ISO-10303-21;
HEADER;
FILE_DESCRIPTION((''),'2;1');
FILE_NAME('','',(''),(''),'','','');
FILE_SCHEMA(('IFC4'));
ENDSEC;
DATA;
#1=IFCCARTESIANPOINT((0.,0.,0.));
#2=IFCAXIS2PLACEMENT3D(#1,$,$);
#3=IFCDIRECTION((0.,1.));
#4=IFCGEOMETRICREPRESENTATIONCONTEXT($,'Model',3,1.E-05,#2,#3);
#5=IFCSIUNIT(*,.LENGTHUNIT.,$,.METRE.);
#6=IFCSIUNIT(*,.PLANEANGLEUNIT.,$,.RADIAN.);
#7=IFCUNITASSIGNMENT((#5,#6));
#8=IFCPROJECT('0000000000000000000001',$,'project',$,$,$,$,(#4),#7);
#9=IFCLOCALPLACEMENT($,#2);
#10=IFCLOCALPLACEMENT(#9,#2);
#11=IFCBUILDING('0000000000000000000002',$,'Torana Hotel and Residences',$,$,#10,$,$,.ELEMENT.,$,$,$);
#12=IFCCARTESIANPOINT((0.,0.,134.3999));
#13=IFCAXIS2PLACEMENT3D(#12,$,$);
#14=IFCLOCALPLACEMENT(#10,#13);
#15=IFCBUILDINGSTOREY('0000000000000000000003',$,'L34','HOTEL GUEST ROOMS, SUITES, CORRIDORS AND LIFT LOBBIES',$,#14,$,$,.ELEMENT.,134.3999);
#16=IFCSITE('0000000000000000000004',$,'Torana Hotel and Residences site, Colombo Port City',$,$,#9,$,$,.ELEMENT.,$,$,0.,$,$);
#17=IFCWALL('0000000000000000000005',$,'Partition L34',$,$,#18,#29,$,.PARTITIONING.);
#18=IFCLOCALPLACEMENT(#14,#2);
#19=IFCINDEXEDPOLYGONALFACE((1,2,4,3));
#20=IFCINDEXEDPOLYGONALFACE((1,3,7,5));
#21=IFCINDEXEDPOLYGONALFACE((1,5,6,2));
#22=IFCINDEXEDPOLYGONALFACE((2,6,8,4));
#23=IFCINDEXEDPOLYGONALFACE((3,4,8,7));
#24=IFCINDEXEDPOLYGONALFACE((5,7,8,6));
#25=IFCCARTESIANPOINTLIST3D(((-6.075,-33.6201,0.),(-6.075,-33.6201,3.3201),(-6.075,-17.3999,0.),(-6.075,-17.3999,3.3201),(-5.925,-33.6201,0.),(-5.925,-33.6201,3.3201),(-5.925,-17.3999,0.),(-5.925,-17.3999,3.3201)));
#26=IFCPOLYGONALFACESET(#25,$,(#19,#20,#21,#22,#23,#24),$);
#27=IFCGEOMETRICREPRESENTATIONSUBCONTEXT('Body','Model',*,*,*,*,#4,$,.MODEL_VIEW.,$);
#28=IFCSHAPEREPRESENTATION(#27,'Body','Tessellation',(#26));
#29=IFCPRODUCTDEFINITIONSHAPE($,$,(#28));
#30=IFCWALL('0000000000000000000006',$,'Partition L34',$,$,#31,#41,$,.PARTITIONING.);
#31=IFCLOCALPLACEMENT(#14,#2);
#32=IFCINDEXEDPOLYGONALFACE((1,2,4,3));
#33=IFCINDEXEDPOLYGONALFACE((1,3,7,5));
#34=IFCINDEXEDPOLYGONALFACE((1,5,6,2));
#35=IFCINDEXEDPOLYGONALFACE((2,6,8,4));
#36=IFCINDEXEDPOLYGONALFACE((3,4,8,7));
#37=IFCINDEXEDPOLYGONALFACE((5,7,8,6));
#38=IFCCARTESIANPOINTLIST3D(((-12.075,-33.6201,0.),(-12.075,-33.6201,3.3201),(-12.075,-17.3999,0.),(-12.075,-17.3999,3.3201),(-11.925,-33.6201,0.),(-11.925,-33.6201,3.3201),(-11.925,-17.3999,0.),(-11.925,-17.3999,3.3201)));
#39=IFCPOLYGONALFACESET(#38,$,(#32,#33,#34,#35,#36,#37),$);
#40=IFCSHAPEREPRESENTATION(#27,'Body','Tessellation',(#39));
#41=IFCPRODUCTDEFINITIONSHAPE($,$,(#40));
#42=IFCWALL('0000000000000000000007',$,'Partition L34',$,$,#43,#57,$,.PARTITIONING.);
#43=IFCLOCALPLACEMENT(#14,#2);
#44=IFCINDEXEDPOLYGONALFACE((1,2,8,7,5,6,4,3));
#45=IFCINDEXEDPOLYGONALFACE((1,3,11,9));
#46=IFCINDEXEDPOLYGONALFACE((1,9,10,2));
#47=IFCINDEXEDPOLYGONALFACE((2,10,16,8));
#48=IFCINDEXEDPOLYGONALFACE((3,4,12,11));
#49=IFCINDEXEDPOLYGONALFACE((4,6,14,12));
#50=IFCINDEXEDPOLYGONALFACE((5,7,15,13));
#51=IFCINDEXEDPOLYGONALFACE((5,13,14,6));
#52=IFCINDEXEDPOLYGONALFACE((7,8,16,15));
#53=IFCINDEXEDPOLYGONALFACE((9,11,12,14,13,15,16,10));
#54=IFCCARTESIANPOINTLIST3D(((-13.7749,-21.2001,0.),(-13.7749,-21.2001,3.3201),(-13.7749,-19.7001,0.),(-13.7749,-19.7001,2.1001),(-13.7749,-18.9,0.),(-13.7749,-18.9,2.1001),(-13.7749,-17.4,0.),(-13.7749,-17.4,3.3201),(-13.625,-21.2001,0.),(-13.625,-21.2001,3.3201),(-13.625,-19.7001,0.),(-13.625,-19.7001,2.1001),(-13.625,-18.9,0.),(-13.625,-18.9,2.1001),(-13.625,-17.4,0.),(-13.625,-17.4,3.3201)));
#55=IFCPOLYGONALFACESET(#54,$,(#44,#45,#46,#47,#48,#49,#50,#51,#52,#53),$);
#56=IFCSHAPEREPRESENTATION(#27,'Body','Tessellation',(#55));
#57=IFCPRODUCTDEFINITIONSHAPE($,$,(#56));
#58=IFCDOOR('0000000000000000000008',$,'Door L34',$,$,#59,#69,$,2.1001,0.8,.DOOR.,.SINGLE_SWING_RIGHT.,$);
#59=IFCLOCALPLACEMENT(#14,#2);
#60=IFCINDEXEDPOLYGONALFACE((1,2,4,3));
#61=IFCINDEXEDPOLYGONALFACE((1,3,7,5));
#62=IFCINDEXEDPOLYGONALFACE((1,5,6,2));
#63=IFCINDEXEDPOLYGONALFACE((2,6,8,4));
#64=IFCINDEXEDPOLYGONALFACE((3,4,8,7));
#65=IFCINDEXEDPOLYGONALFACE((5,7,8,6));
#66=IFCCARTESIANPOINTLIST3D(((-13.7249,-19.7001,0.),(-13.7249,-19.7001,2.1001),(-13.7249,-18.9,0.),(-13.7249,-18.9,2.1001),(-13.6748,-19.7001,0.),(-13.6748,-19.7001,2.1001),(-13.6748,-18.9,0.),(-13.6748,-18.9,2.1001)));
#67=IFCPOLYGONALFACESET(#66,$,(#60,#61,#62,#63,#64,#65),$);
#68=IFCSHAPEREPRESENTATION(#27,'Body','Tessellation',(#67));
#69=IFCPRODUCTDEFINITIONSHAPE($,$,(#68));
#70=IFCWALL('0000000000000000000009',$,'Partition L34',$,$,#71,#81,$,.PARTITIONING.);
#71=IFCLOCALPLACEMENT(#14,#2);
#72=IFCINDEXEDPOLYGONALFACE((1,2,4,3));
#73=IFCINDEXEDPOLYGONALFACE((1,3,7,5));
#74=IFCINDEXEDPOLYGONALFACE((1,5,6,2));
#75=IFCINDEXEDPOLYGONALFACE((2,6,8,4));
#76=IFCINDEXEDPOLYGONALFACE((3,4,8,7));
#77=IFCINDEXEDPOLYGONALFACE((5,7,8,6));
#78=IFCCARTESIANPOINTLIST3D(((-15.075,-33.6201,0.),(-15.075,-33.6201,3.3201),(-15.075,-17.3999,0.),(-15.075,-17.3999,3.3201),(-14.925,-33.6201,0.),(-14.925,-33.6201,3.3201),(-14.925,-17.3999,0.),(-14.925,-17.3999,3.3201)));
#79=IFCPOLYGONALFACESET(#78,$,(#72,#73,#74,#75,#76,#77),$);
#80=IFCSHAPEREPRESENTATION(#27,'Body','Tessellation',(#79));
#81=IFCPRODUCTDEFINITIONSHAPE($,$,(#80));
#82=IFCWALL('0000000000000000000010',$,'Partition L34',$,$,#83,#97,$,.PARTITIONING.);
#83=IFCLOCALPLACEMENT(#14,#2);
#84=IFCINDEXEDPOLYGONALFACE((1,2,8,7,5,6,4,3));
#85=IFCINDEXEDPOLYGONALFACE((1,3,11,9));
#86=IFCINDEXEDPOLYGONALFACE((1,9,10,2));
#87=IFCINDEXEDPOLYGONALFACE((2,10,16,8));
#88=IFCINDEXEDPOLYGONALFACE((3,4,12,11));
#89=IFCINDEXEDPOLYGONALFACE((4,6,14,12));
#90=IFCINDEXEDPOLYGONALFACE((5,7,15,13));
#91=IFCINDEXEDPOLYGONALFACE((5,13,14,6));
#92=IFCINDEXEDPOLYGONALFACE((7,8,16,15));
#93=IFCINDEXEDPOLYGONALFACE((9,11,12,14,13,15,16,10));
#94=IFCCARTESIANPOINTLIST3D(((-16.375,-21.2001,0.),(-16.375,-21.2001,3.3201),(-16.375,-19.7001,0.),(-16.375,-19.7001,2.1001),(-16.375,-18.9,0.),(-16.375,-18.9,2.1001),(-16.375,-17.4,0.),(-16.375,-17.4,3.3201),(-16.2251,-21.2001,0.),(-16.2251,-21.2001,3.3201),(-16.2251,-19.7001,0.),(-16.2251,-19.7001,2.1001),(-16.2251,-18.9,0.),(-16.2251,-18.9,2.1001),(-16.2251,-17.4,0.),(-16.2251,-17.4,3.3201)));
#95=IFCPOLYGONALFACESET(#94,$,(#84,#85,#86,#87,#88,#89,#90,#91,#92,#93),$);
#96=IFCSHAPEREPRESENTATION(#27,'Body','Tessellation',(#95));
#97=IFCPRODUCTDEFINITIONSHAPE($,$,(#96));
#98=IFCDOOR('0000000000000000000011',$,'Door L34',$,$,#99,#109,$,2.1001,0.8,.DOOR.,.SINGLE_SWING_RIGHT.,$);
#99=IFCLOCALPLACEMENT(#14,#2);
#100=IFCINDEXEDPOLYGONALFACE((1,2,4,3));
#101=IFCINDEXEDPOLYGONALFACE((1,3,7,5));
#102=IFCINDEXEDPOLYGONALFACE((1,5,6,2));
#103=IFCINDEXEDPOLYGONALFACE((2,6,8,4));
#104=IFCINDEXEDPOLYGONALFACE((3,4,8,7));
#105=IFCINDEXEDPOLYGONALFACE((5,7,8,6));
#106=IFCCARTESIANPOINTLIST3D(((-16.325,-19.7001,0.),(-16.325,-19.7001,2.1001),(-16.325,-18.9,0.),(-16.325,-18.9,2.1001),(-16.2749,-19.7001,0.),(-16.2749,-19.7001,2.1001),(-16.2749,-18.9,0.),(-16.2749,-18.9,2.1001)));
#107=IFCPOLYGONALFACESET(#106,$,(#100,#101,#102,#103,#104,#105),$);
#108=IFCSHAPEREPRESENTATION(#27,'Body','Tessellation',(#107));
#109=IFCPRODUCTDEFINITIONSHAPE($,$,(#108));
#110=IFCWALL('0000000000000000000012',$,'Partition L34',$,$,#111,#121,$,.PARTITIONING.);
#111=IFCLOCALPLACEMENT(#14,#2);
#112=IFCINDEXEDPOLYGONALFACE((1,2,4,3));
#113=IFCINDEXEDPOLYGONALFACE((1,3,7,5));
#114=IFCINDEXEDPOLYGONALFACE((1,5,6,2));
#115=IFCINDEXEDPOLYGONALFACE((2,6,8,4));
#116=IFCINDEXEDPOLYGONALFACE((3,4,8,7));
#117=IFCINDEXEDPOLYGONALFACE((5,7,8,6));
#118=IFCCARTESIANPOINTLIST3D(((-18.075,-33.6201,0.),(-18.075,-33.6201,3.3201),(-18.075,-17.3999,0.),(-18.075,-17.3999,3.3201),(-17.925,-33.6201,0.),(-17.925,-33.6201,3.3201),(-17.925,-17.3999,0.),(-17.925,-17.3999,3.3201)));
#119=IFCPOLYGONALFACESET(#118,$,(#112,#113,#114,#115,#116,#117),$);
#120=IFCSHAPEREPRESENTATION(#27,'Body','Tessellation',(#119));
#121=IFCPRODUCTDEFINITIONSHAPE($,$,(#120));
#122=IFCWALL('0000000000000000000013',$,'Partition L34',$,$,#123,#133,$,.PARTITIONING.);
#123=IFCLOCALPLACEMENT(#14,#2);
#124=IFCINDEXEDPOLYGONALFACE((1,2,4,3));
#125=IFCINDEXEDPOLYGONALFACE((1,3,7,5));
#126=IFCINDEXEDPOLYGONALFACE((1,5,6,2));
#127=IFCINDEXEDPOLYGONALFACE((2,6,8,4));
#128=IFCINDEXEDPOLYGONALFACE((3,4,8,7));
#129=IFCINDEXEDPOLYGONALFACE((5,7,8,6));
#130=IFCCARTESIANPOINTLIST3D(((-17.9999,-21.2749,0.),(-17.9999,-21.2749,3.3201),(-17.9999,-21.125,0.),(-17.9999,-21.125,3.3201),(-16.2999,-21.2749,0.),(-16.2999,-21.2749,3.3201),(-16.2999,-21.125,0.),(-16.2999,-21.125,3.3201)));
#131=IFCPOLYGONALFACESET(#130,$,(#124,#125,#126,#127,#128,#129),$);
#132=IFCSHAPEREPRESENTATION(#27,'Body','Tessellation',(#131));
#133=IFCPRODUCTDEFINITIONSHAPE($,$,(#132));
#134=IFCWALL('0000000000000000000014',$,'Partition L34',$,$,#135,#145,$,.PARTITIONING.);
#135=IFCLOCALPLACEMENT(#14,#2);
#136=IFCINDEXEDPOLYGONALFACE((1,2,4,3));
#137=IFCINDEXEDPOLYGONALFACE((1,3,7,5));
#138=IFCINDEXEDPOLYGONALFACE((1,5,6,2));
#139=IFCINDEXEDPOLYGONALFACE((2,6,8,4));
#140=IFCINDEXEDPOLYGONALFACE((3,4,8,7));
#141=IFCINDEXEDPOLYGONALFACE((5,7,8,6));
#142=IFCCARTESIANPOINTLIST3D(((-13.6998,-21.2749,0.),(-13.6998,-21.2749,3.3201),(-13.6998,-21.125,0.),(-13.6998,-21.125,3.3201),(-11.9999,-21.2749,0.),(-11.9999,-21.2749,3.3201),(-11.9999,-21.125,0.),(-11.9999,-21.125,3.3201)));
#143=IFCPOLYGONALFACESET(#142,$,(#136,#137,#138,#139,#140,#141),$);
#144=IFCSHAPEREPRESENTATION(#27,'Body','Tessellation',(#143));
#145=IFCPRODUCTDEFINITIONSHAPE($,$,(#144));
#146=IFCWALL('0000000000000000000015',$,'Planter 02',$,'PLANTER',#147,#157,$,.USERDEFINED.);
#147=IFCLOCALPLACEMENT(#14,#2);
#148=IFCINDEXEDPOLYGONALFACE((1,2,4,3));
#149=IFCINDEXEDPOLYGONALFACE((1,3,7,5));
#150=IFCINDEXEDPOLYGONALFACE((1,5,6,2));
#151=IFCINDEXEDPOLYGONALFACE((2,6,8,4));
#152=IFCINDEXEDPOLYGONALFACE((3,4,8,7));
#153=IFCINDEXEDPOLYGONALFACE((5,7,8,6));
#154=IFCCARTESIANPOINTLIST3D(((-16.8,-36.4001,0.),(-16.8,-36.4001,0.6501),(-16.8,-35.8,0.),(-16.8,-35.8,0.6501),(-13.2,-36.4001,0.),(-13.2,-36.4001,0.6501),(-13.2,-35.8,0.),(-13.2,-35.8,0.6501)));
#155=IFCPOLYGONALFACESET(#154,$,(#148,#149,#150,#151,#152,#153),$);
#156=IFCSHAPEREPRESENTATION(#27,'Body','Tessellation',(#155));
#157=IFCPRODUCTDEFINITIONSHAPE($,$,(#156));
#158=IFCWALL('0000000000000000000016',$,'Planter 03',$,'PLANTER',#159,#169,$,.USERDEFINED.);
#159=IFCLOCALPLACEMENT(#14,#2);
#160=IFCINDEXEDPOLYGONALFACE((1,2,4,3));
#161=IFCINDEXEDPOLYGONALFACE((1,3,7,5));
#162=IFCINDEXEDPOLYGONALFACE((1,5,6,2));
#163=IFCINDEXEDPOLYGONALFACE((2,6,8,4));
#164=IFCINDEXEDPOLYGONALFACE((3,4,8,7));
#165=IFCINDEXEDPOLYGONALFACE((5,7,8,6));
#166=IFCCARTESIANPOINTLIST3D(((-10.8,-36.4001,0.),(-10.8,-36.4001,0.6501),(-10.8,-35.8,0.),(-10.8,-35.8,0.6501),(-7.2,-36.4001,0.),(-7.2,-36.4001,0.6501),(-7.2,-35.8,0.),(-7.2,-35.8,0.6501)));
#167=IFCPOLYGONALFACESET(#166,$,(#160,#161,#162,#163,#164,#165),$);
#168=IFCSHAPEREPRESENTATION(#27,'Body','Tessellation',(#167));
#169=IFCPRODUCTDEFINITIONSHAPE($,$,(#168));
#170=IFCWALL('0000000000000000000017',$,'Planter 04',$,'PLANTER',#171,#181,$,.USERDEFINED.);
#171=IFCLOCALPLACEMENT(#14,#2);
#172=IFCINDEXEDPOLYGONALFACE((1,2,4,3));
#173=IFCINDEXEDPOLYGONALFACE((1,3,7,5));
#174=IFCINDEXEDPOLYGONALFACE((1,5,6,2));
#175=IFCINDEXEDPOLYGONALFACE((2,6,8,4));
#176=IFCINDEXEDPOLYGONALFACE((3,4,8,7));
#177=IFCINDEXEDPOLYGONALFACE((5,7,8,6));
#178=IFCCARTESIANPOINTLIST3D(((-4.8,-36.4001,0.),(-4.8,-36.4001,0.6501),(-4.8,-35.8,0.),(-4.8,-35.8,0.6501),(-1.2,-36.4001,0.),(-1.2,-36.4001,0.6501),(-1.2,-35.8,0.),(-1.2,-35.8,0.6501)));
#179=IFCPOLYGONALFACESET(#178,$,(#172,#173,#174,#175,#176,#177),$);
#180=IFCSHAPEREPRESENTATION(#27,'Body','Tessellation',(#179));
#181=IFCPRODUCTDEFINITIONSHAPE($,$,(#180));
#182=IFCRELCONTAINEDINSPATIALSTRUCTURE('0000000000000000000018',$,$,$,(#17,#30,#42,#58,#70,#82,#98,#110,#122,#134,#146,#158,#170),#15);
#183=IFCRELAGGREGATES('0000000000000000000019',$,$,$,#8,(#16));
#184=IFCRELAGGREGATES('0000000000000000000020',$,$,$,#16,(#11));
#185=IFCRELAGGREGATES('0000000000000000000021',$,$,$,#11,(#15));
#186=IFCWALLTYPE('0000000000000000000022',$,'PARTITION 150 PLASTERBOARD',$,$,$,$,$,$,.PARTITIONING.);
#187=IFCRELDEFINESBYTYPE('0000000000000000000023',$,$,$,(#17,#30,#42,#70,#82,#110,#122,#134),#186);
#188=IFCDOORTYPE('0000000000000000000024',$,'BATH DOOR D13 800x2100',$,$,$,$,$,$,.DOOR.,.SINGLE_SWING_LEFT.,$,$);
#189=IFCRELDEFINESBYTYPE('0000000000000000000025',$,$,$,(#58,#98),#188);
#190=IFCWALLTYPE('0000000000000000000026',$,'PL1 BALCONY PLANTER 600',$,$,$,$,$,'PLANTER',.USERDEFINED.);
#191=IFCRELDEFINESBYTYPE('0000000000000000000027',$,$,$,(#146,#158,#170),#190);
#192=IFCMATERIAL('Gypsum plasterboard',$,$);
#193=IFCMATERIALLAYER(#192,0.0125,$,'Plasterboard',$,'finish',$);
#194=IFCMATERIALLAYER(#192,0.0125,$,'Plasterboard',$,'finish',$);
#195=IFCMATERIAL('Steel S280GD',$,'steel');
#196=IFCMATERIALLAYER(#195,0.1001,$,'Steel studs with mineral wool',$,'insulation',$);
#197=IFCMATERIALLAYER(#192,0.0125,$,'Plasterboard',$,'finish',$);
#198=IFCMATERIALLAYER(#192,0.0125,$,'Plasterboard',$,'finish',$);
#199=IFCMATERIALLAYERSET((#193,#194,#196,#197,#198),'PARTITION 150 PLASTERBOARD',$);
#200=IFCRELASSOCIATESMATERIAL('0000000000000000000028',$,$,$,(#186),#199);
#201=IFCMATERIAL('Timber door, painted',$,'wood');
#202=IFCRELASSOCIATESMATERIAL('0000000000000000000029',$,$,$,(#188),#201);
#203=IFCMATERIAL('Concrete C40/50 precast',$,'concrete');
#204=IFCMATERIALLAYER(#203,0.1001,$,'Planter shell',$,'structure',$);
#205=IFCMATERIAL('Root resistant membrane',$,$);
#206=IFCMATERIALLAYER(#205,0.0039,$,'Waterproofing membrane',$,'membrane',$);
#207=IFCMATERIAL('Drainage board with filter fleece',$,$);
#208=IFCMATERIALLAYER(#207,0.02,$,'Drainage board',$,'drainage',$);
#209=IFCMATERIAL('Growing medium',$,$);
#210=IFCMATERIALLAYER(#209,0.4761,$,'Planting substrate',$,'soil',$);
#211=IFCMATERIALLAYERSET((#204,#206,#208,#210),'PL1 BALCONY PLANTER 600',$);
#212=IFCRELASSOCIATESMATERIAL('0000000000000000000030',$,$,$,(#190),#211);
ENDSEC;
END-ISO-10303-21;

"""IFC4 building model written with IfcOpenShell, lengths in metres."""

from ifc_helpers import new_model, si_unit, direction, frame, frame_2d, origin, place, context, subcontext, project, spatial, rectangle, extrude, material, layer, layer_set, type_object, element, fill, save


model = new_model("IFC4")

# Units and contexts
model_context = context("Model", 3, precision=1e-05, world=origin(), true_north=direction((0.0, 1.0)))
body_context = subcontext(model_context, "Body", "Model", "MODEL_VIEW")
ifc_project = project(units=[si_unit("LENGTHUNIT", "METRE"), si_unit("PLANEANGLEUNIT", "RADIAN")], contexts=[model_context])

# Site, building, storey
site_placement = place(None, origin())
site = spatial("IfcSite", under=ifc_project, at=site_placement, Name="Torana Hotel and Residences site, Colombo Port City", CompositionType="ELEMENT", RefElevation=0.0)
building_placement = place(site_placement, origin())
building = spatial("IfcBuilding", under=site, at=building_placement, Name="Torana Hotel and Residences", CompositionType="ELEMENT")
storey_placement = place(building_placement, frame((0.0, 0.0, 134.3999)))
storey = spatial("IfcBuildingStorey", under=building, at=storey_placement, Name="L34", Description="HOTEL GUEST ROOMS, SUITES, CORRIDORS AND LIFT LOBBIES", CompositionType="ELEMENT", Elevation=134.3999)

# Walls
ifc_material_1 = material(Name="Gypsum plasterboard")
ifc_layer_1 = layer(ifc_material_1, 0.0125, Name="Plasterboard", Category="finish")
ifc_layer_2 = layer(ifc_material_1, 0.0125, Name="Plasterboard", Category="finish")
ifc_material_2 = material(Name="Steel S280GD", Category="steel")
ifc_layer_3 = layer(ifc_material_2, 0.1001, Name="Steel studs with mineral wool", Category="insulation")
ifc_layer_4 = layer(ifc_material_1, 0.0125, Name="Plasterboard", Category="finish")
ifc_layer_5 = layer(ifc_material_1, 0.0125, Name="Plasterboard", Category="finish")
ifc_layer_set_1 = layer_set([ifc_layer_1, ifc_layer_2, ifc_layer_3, ifc_layer_4, ifc_layer_5], Name="PARTITION 150 PLASTERBOARD")
wall_type_1 = type_object("IfcWallType", Name="PARTITION 150 PLASTERBOARD", PredefinedType="PARTITIONING", material=ifc_layer_set_1)
for number, where, z_axis, x_axis, name in (
    (1, (-6.0, -33.6201, 0.0), (0.0, 0.0, 1.0), (0.0, 1.0, 0.0), "Partition L34"),
    (2, (-12.0, -33.6201, 0.0), (0.0, 0.0, 1.0), (0.0, 1.0, 0.0), "Partition L34"),
):
    element("IfcWall", number, at=place(storey_placement, frame(where, z_axis=z_axis, x_axis=x_axis)), inside=storey, type_object=wall_type_1, Name=name, PredefinedType="PARTITIONING", context=body_context, shape_type="SweptSolid", body=[
        extrude(rectangle(XDim=16.2202, YDim=0.1499, at=frame_2d((8.1101, 0.0))), origin(), (0.0, 0.0, 1.0), 3.3201),
    ])

# Wall, opening, door
wall_1_placement = place(storey_placement, frame((-13.7, -21.2, 0.0), z_axis=(0.0, 0.0, 1.0), x_axis=(0.0, 1.0, 0.0)))
wall_1 = element("IfcWall", 3, at=wall_1_placement, inside=storey, type_object=wall_type_1, Name="Partition L34", PredefinedType="PARTITIONING", context=body_context, shape_type="SweptSolid", body=[
    extrude(rectangle(XDim=3.8, YDim=0.1499, at=frame_2d((1.8999, 0.0))), origin(), (0.0, 0.0, 1.0), 3.3201),
])
opening_1_placement = place(wall_1_placement, frame((1.5, 0.0, 0.0)))
opening_1 = element("IfcOpeningElement", 4, at=opening_1_placement, cuts=wall_1, PredefinedType="OPENING", context=body_context, shape_type="SweptSolid", body=[
    extrude(rectangle(XDim=0.8, YDim=2.1001, at=frame_2d((0.3999, 1.05))), frame((0.0, 0.085, 0.0), z_axis=(0.0, -1.0, 0.0), x_axis=(1.0, 0.0, 0.0)), (0.0, 0.0, 1.0), 0.1699),
])
ifc_material_3 = material(Name="Timber door, painted", Category="wood")
door_type_1 = type_object("IfcDoorType", Name="BATH DOOR D13 800x2100", OperationType="SINGLE_SWING_LEFT", PredefinedType="DOOR", material=ifc_material_3)
door_1_placement = place(opening_1_placement, origin())
door_1 = element("IfcDoor", 5, at=door_1_placement, inside=storey, type_object=door_type_1, Name="Door L34", OperationType="SINGLE_SWING_RIGHT", OverallHeight=2.1001, OverallWidth=0.8, PredefinedType="DOOR", context=body_context, shape_type="SweptSolid", body=[
    extrude(rectangle(XDim=0.8, YDim=2.1001, at=frame_2d((0.3999, 1.05))), frame((0.0, 0.0249, 0.0), z_axis=(0.0, -1.0, 0.0), x_axis=(1.0, 0.0, 0.0)), (0.0, 0.0, 1.0), 0.05),
])
fill(opening_1, door_1)

# Wall
wall_2_placement = place(storey_placement, frame((-15.0, -33.6201, 0.0), z_axis=(0.0, 0.0, 1.0), x_axis=(0.0, 1.0, 0.0)))
element("IfcWall", 6, at=wall_2_placement, inside=storey, type_object=wall_type_1, Name="Partition L34", PredefinedType="PARTITIONING", context=body_context, shape_type="SweptSolid", body=[
    extrude(rectangle(XDim=16.2202, YDim=0.1499, at=frame_2d((8.1101, 0.0))), origin(), (0.0, 0.0, 1.0), 3.3201),
])

# Wall, opening, door
wall_3_placement = place(storey_placement, frame((-16.3, -21.2, 0.0), z_axis=(0.0, 0.0, 1.0), x_axis=(0.0, 1.0, 0.0)))
wall_3 = element("IfcWall", 7, at=wall_3_placement, inside=storey, type_object=wall_type_1, Name="Partition L34", PredefinedType="PARTITIONING", context=body_context, shape_type="SweptSolid", body=[
    extrude(rectangle(XDim=3.8, YDim=0.1499, at=frame_2d((1.8999, 0.0))), origin(), (0.0, 0.0, 1.0), 3.3201),
])
opening_2_placement = place(wall_3_placement, frame((1.5, 0.0, 0.0)))
opening_2 = element("IfcOpeningElement", 8, at=opening_2_placement, cuts=wall_3, PredefinedType="OPENING", context=body_context, shape_type="SweptSolid", body=[
    extrude(rectangle(XDim=0.8, YDim=2.1001, at=frame_2d((0.3999, 1.05))), frame((0.0, 0.085, 0.0), z_axis=(0.0, -1.0, 0.0), x_axis=(1.0, 0.0, 0.0)), (0.0, 0.0, 1.0), 0.1699),
])
door_2_placement = place(opening_2_placement, origin())
door_2 = element("IfcDoor", 9, at=door_2_placement, inside=storey, type_object=door_type_1, Name="Door L34", OperationType="SINGLE_SWING_RIGHT", OverallHeight=2.1001, OverallWidth=0.8, PredefinedType="DOOR", context=body_context, shape_type="SweptSolid", body=[
    extrude(rectangle(XDim=0.8, YDim=2.1001, at=frame_2d((0.3999, 1.05))), frame((0.0, 0.0249, 0.0), z_axis=(0.0, -1.0, 0.0), x_axis=(1.0, 0.0, 0.0)), (0.0, 0.0, 1.0), 0.05),
])
fill(opening_2, door_2)

# Walls
wall_4_placement = place(storey_placement, frame((-18.0, -33.6201, 0.0), z_axis=(0.0, 0.0, 1.0), x_axis=(0.0, 1.0, 0.0)))
element("IfcWall", 10, at=wall_4_placement, inside=storey, type_object=wall_type_1, Name="Partition L34", PredefinedType="PARTITIONING", context=body_context, shape_type="SweptSolid", body=[
    extrude(rectangle(XDim=16.2202, YDim=0.1499, at=frame_2d((8.1101, 0.0))), origin(), (0.0, 0.0, 1.0), 3.3201),
])
for number, where, z_axis, x_axis, name in (
    (11, (-18.0, -21.2, 0.0), (0.0, 0.0, 1.0), (1.0, 0.0, 0.0), "Partition L34"),
    (12, (-13.7, -21.2, 0.0), (0.0, 0.0, 1.0), (1.0, 0.0, 0.0), "Partition L34"),
):
    element("IfcWall", number, at=place(storey_placement, frame(where, z_axis=z_axis, x_axis=x_axis)), inside=storey, type_object=wall_type_1, Name=name, PredefinedType="PARTITIONING", context=body_context, shape_type="SweptSolid", body=[
        extrude(rectangle(XDim=1.7, YDim=0.1499, at=frame_2d((0.8501, 0.0))), origin(), (0.0, 0.0, 1.0), 3.3201),
    ])
ifc_material_4 = material(Name="Concrete C40/50 precast", Category="concrete")
ifc_layer_6 = layer(ifc_material_4, 0.1001, Name="Planter shell", Category="structure")
ifc_material_5 = material(Name="Root resistant membrane")
ifc_layer_7 = layer(ifc_material_5, 0.0039, Name="Waterproofing membrane", Category="membrane")
ifc_material_6 = material(Name="Drainage board with filter fleece")
ifc_layer_8 = layer(ifc_material_6, 0.02, Name="Drainage board", Category="drainage")
ifc_material_7 = material(Name="Growing medium")
ifc_layer_9 = layer(ifc_material_7, 0.4761, Name="Planting substrate", Category="soil")
ifc_layer_set_2 = layer_set([ifc_layer_6, ifc_layer_7, ifc_layer_8, ifc_layer_9], Name="PL1 BALCONY PLANTER 600")
wall_type_2 = type_object("IfcWallType", Name="PL1 BALCONY PLANTER 600", ElementType="PLANTER", PredefinedType="USERDEFINED", material=ifc_layer_set_2)
for number, where, z_axis, x_axis, name in (
    (13, (-13.2, -36.1001, 0.0), (0.0, 0.0, 1.0), (-1.0, 0.0, 0.0), "Planter 02"),
    (14, (-7.2, -36.1001, 0.0), (0.0, 0.0, 1.0), (-1.0, 0.0, 0.0), "Planter 03"),
    (15, (-1.2, -36.1001, 0.0), (0.0, 0.0, 1.0), (-1.0, 0.0, 0.0), "Planter 04"),
):
    element("IfcWall", number, at=place(storey_placement, frame(where, z_axis=z_axis, x_axis=x_axis)), inside=storey, type_object=wall_type_2, Name=name, ObjectType="PLANTER", PredefinedType="USERDEFINED", context=body_context, shape_type="SweptSolid", body=[
        extrude(rectangle(XDim=3.6001, YDim=0.6001, at=frame_2d((1.8, 0.0))), origin(), (0.0, 0.0, 1.0), 0.6501),
    ])

save(model, "model.ifc")
